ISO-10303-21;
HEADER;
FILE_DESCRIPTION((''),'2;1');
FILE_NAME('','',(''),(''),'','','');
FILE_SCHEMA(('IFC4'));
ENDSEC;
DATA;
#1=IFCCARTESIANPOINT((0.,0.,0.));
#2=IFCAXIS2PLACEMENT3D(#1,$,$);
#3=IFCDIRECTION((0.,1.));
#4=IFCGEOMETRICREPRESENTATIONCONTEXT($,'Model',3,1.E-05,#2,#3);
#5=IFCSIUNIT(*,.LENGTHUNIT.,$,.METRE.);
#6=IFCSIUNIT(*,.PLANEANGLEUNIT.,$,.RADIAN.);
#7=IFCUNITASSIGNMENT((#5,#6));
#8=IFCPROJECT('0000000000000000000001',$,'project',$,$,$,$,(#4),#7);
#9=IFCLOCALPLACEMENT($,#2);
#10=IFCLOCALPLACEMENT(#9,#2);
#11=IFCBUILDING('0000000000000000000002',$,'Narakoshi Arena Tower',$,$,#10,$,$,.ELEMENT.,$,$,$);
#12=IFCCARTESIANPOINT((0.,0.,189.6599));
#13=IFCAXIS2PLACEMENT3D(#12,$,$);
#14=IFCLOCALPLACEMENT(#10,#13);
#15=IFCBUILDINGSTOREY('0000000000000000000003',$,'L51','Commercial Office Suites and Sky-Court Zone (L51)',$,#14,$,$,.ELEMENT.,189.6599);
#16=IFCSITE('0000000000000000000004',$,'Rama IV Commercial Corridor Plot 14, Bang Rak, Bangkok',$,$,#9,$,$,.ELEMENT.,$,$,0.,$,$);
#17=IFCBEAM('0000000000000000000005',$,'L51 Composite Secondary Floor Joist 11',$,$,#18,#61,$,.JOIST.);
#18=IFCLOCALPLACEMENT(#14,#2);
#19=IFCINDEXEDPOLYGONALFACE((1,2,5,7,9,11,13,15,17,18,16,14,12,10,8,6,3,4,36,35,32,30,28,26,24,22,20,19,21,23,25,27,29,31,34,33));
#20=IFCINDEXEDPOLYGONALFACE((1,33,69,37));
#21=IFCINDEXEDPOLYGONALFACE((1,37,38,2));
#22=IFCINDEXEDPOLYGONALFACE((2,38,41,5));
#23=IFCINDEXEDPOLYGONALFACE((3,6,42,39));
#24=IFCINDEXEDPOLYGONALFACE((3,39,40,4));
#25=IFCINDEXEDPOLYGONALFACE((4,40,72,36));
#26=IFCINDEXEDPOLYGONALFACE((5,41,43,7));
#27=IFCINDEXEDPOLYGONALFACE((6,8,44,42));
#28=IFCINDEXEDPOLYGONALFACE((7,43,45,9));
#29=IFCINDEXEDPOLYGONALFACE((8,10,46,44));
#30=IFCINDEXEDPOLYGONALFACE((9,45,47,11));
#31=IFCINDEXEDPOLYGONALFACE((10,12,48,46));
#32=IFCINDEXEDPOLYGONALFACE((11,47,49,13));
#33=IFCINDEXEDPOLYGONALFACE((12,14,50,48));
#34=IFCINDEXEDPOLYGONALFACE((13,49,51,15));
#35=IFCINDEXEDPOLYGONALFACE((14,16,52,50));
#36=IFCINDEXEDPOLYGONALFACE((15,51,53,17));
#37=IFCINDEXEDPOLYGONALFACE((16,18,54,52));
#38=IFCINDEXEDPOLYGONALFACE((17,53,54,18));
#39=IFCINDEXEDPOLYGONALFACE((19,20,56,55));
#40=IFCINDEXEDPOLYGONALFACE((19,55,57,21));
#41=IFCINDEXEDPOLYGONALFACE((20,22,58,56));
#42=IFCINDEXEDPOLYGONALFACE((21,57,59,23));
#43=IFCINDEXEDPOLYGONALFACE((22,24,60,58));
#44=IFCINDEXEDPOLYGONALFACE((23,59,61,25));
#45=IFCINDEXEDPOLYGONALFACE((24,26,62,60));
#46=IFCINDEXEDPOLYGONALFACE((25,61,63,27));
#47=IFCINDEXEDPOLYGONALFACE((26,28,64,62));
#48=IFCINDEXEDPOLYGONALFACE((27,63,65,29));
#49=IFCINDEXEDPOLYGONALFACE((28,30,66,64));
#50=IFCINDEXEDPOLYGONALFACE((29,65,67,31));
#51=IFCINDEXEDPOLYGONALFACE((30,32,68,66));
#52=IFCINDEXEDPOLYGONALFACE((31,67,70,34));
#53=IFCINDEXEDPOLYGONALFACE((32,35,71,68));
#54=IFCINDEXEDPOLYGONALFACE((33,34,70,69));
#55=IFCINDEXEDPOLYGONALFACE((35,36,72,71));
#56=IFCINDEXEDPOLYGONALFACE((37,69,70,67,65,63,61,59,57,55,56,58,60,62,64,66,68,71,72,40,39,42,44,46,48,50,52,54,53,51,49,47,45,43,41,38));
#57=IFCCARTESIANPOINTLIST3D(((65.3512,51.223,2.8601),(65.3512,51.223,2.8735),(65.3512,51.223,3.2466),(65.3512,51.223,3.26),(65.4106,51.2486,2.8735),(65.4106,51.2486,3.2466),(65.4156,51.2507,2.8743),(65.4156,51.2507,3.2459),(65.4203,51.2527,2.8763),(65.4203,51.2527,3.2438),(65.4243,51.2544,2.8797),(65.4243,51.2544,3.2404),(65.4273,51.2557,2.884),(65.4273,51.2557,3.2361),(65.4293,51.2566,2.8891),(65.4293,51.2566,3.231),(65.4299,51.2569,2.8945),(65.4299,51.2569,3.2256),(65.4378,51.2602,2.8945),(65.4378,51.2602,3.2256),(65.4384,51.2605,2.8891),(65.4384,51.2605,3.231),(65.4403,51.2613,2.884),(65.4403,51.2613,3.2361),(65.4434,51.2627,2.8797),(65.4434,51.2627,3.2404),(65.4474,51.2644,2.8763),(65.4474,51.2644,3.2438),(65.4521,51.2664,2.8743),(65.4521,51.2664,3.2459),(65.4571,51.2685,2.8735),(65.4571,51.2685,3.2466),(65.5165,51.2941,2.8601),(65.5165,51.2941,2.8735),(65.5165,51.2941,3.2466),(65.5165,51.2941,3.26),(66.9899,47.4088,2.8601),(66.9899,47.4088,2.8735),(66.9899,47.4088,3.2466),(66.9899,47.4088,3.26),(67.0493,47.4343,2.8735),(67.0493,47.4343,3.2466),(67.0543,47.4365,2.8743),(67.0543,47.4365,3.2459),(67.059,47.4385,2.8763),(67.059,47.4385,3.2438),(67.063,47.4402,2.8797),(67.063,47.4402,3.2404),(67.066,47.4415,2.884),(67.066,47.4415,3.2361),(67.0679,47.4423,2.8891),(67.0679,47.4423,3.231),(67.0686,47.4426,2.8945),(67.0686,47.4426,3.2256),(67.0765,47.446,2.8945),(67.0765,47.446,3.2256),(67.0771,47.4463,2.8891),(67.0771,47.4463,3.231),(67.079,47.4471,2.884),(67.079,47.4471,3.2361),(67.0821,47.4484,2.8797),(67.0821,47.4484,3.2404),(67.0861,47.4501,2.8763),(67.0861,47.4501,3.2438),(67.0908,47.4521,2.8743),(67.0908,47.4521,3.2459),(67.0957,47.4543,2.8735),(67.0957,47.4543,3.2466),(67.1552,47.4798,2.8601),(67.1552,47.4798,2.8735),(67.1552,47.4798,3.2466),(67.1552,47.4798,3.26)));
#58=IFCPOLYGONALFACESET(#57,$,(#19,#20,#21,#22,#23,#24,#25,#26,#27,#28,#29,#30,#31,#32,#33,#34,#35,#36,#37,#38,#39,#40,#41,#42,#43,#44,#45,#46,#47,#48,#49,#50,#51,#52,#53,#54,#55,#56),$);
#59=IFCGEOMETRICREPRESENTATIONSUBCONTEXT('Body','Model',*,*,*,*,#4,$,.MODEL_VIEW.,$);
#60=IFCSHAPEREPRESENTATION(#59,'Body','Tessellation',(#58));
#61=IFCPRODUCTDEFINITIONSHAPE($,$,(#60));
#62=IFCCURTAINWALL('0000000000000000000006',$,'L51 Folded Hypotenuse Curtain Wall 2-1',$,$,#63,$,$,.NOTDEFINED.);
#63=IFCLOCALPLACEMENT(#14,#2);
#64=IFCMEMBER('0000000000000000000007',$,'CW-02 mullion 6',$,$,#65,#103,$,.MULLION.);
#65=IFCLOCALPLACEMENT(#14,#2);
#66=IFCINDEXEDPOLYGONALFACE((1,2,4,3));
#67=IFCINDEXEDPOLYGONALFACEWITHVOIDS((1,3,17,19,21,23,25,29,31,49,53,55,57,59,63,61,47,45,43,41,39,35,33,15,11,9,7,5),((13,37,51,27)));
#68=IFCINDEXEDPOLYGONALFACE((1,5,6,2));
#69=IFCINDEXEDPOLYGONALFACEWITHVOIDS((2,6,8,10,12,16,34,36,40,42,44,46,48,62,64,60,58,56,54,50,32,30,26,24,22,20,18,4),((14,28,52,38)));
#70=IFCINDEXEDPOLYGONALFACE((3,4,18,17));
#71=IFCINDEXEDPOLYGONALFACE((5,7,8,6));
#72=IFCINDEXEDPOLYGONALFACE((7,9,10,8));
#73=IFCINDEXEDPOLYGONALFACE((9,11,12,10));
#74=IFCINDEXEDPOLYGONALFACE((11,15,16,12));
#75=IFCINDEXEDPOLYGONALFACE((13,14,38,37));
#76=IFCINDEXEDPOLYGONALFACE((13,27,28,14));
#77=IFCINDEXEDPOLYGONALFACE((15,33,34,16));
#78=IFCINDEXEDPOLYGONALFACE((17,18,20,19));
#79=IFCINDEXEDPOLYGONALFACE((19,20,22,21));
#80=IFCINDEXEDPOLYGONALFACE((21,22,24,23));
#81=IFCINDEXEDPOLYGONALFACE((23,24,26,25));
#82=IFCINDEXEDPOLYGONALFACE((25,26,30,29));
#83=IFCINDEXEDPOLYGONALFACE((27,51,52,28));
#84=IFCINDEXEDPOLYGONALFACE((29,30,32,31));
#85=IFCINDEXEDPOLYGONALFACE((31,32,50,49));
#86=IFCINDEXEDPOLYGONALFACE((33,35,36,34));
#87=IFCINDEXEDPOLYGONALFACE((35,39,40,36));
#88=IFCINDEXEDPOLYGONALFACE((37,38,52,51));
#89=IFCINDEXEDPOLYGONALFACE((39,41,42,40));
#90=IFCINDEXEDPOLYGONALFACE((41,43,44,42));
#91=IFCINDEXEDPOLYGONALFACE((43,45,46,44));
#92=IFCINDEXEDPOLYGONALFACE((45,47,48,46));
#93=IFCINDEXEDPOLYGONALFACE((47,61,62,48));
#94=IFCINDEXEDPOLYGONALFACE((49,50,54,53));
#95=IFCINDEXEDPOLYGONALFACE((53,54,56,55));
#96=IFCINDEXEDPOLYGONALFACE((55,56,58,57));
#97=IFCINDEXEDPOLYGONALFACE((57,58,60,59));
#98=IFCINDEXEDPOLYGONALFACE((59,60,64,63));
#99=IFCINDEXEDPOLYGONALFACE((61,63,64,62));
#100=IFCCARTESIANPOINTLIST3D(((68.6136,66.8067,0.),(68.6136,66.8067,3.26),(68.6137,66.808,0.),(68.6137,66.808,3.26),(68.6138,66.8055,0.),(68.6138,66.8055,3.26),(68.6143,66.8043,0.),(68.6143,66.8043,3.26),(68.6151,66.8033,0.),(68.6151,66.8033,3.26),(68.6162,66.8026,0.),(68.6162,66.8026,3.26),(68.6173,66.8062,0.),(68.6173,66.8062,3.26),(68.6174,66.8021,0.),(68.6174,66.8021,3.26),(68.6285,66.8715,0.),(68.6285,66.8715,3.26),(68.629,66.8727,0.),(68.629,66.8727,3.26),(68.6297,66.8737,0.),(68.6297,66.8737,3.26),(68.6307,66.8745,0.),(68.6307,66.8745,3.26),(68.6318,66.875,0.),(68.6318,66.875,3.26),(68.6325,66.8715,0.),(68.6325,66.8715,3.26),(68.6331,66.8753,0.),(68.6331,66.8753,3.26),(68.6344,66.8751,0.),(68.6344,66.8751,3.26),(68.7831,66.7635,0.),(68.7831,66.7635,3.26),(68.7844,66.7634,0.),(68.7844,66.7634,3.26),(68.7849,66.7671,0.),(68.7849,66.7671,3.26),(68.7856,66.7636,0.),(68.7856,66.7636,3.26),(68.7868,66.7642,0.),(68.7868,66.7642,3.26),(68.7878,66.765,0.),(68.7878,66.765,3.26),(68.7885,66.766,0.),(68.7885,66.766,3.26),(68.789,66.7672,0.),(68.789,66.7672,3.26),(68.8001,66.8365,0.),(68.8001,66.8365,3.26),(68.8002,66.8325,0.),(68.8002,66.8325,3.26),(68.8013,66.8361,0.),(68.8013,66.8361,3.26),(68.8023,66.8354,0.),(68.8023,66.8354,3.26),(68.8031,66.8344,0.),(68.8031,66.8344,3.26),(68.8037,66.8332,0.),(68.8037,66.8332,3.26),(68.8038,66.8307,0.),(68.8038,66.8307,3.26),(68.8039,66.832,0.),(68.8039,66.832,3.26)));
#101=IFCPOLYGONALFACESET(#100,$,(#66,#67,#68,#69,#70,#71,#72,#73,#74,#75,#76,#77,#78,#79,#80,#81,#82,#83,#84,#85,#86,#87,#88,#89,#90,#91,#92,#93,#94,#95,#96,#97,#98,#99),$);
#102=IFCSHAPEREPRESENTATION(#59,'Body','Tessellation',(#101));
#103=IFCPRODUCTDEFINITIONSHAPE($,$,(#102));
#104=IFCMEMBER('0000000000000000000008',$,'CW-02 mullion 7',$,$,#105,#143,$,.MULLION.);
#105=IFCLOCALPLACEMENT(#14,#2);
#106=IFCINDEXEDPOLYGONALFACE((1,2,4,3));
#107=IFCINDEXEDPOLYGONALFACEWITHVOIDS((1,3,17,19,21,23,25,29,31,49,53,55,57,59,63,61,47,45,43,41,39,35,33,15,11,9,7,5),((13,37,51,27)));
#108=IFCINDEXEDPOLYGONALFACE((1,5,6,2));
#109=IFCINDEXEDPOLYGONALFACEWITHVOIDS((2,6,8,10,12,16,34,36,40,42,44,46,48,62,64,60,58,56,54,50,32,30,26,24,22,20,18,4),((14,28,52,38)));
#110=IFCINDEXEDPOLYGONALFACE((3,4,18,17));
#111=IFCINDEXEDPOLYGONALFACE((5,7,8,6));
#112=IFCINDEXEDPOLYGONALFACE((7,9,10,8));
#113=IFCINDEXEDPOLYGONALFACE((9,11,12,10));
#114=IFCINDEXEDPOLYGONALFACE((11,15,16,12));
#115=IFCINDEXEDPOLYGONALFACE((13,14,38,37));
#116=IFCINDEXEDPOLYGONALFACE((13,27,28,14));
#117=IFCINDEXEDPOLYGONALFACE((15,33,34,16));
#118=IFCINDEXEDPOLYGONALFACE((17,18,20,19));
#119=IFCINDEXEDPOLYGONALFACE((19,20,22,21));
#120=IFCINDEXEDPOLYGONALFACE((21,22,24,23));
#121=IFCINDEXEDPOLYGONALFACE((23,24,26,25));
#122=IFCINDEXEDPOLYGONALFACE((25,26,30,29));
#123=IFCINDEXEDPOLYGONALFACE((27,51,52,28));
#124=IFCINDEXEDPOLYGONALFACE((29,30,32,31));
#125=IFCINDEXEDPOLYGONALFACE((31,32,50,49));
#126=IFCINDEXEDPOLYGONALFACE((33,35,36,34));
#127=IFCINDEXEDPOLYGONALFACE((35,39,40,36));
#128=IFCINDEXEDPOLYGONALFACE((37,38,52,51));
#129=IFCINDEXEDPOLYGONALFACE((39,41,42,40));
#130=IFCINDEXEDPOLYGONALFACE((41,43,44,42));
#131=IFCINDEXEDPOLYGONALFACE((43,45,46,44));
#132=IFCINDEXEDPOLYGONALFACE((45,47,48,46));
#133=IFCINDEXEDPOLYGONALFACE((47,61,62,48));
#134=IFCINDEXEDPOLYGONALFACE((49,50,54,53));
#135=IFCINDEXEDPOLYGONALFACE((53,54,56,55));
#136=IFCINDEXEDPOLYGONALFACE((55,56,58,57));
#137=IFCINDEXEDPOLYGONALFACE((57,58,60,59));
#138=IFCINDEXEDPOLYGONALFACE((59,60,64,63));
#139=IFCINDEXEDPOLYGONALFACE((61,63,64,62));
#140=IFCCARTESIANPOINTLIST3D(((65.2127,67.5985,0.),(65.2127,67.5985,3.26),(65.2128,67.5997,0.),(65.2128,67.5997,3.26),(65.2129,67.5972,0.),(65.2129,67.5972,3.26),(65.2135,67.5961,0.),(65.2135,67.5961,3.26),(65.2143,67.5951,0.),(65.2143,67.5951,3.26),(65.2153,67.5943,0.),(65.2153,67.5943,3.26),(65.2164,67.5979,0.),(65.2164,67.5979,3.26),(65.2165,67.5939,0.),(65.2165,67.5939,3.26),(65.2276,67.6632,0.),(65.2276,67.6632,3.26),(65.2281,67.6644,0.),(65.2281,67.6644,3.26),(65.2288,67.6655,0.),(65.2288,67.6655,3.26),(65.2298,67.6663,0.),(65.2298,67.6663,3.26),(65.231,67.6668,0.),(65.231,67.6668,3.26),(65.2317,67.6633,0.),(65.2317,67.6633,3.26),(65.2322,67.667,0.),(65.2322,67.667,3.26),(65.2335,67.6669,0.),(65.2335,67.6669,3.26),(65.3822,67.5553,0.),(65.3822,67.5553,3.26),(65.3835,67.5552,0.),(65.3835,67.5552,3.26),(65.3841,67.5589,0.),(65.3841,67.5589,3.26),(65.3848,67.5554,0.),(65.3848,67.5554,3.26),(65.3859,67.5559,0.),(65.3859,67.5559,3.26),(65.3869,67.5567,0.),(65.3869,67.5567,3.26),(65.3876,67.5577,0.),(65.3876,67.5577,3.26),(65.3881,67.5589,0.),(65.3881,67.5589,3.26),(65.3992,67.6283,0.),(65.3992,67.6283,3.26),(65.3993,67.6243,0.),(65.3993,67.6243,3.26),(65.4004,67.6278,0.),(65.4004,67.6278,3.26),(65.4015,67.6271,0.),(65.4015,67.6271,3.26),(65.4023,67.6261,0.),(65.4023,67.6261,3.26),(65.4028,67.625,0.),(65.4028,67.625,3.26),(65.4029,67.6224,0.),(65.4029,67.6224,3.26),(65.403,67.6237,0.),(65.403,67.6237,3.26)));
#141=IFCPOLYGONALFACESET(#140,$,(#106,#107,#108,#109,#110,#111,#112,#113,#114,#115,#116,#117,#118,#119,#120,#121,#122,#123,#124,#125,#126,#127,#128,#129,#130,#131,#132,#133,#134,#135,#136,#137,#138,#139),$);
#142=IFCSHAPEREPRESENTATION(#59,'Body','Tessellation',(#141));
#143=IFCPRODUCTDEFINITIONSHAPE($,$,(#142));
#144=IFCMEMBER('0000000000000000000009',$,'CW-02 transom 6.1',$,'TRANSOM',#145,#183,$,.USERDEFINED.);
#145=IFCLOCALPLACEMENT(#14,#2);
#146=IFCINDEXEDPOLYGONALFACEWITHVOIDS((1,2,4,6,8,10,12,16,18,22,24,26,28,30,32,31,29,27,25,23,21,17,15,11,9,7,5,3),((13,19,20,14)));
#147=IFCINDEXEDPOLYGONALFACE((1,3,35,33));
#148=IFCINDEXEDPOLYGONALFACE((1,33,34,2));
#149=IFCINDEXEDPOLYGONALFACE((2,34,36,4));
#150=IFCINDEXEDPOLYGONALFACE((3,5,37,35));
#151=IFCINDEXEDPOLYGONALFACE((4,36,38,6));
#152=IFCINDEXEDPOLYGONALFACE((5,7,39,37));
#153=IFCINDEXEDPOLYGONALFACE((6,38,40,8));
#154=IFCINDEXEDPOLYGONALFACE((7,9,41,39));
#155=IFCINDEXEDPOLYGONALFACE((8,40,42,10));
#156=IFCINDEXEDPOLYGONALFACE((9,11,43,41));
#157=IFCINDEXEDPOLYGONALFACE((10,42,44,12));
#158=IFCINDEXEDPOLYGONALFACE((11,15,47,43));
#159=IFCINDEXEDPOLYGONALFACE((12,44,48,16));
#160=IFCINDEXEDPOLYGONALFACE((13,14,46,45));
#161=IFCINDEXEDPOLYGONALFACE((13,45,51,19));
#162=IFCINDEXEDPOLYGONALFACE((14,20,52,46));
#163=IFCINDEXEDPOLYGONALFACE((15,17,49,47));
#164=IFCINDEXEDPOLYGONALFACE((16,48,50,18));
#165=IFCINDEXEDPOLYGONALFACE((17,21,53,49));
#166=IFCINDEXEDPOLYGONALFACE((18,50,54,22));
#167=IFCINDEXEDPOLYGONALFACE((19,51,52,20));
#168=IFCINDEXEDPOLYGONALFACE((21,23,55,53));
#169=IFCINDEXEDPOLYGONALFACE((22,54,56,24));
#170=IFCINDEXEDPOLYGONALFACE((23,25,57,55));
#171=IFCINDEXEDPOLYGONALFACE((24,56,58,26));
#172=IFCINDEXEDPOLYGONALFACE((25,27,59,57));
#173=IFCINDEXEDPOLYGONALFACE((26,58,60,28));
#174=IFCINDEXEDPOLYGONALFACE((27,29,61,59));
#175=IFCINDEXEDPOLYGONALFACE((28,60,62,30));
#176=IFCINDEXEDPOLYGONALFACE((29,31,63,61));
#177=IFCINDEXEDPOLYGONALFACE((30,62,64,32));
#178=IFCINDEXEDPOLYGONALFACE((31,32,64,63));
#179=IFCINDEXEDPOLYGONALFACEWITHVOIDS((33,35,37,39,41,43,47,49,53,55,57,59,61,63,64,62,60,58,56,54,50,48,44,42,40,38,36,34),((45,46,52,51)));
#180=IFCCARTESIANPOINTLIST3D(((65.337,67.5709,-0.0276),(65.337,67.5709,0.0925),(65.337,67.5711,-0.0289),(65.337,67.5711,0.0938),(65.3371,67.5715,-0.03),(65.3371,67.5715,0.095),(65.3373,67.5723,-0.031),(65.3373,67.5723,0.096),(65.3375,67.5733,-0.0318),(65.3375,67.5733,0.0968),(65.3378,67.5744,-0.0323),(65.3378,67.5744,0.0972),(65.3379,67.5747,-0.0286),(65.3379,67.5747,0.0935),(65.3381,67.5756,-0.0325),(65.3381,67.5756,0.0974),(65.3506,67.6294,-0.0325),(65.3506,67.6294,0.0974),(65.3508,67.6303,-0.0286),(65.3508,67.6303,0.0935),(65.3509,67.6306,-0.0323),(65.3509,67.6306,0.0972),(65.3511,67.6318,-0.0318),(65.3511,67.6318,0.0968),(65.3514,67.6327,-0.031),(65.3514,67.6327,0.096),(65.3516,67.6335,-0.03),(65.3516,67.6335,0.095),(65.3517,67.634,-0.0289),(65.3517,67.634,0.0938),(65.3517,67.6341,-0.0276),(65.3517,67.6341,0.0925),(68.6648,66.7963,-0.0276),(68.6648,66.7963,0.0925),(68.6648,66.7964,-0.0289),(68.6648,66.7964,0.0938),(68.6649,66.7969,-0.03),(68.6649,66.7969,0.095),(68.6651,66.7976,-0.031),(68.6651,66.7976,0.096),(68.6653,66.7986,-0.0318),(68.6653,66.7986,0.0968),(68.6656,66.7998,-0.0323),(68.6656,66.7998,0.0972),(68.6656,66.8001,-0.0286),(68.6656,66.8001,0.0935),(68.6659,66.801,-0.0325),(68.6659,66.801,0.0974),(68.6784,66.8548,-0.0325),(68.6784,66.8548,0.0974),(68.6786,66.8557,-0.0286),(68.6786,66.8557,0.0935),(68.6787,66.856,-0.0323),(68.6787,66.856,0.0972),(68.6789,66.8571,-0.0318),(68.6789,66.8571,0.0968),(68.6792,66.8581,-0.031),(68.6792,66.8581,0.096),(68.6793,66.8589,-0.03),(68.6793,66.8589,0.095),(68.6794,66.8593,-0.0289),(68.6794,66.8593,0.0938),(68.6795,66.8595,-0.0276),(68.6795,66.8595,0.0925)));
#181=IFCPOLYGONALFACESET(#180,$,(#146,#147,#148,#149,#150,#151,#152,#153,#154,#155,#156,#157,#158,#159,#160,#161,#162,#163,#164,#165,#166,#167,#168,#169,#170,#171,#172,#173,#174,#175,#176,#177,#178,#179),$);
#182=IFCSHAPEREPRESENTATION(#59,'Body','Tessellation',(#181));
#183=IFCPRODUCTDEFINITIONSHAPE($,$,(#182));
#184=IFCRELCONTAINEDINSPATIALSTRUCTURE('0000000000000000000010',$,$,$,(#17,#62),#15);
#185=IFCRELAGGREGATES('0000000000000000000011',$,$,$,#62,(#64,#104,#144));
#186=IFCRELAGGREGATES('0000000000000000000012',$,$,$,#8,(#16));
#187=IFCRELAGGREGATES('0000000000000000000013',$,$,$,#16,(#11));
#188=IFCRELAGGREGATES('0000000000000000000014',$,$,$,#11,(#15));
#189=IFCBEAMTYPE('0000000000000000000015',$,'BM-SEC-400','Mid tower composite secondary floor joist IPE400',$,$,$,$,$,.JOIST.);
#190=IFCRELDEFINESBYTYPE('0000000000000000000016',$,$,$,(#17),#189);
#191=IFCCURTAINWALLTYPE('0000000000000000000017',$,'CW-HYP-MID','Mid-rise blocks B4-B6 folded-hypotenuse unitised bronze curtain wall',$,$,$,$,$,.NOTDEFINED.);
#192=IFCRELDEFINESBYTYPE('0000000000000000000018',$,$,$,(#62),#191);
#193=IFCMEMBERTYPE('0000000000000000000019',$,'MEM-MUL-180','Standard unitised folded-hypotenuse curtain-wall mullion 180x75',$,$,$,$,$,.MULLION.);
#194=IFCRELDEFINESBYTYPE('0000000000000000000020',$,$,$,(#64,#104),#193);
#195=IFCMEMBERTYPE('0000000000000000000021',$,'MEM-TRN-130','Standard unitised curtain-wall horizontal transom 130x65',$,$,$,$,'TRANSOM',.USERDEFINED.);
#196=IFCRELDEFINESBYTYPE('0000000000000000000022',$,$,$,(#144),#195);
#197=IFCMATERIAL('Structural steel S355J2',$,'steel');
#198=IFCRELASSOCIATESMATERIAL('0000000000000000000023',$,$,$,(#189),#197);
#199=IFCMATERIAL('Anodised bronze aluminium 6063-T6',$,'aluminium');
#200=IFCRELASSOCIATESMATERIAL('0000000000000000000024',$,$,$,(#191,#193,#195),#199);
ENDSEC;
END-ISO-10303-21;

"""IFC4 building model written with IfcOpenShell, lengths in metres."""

from ifc_helpers import new_model, si_unit, direction, frame, origin, origin_2d, place, context, subcontext, project, spatial, hollow_rectangle, i_section, extrude, material, material_profile, profile_set, type_object, element, aggregate, save


model = new_model("IFC4")

# Units and contexts
model_context = context("Model", 3, precision=1e-05, world=origin(), true_north=direction((0.0, 1.0)))
body_context = subcontext(model_context, "Body", "Model", "MODEL_VIEW")
ifc_project = project(units=[si_unit("LENGTHUNIT", "METRE"), si_unit("PLANEANGLEUNIT", "RADIAN")], contexts=[model_context])

# Site, building, storey
site_placement = place(None, origin())
site = spatial("IfcSite", under=ifc_project, at=site_placement, Name="Rama IV Commercial Corridor Plot 14, Bang Rak, Bangkok", CompositionType="ELEMENT", RefElevation=0.0)
building_placement = place(site_placement, origin())
building = spatial("IfcBuilding", under=site, at=building_placement, Name="Narakoshi Arena Tower", CompositionType="ELEMENT")
storey_placement = place(building_placement, frame((0.0, 0.0, 189.6599)))
storey = spatial("IfcBuildingStorey", under=building, at=storey_placement, Name="L51", Description="Commercial Office Suites and Sky-Court Zone (L51)", CompositionType="ELEMENT", Elevation=189.6599)

# Beam
ifc_material_1 = material(Name="Structural steel S355J2", Category="steel")
ifc_material_profile_1 = material_profile(ifc_material_1, i_section(OverallWidth=0.1799, OverallDepth=0.3999, WebThickness=0.0085, FlangeThickness=0.0134, FilletRadius=0.021, at=origin_2d()), Name="IPE400")
ifc_profile_set_1 = profile_set([ifc_material_profile_1], Name="Structural steel S355J2")
beam_type_1 = type_object("IfcBeamType", Name="BM-SEC-400", Description="Mid tower composite secondary floor joist IPE400", PredefinedType="JOIST", material=ifc_profile_set_1)
beam_1_placement = place(storey_placement, frame((65.4338, 51.2585, 3.0601), z_axis=(0.394735, -0.918795, 0.0), x_axis=(0.918795, 0.394735, 0.0)))
element("IfcBeam", 1, at=beam_1_placement, inside=storey, type_object=beam_type_1, Name="L51 Composite Secondary Floor Joist 11", PredefinedType="JOIST", context=body_context, shape_type="SweptSolid", body=[
    extrude(i_section(OverallWidth=0.1799, OverallDepth=0.3999, WebThickness=0.0085, FlangeThickness=0.0134, FilletRadius=0.021, at=origin_2d()), origin(), (0.0, 0.0, 1.0), 4.1514),
])

# Curtain wall, members
ifc_material_2 = material(Name="Anodised bronze aluminium 6063-T6", Category="aluminium")
curtain_wall_type = type_object("IfcCurtainWallType", Name="CW-HYP-MID", Description="Mid-rise blocks B4-B6 folded-hypotenuse unitised bronze curtain wall", PredefinedType="NOTDEFINED", material=ifc_material_2)
curtain_wall_placement = place(storey_placement, origin())
curtain_wall = element("IfcCurtainWall", 2, at=curtain_wall_placement, inside=storey, type_object=curtain_wall_type, Name="L51 Folded Hypotenuse Curtain Wall 2-1", PredefinedType="NOTDEFINED")
ifc_material_profile_2 = material_profile(ifc_material_2, hollow_rectangle(XDim=0.075, YDim=0.1799, WallThickness=0.0039, OuterFilletRadius=0.0049, at=origin_2d()), Name="MUL180x75x4")
ifc_profile_set_2 = profile_set([ifc_material_profile_2], Name="Anodised bronze aluminium 6063-T6")
member_type_1 = type_object("IfcMemberType", Name="MEM-MUL-180", Description="Standard unitised folded-hypotenuse curtain-wall mullion 180x75", PredefinedType="MULLION", material=ifc_profile_set_2)
member_1_placement = place(storey_placement, frame((68.7087, 66.8193, 0.0), z_axis=(0.0, 0.0, 1.0), x_axis=(-0.226721, -0.97396, 0.0)))
member_1 = element("IfcMember", 3, at=member_1_placement, type_object=member_type_1, Name="CW-02 mullion 6", PredefinedType="MULLION", context=body_context, shape_type="SweptSolid", body=[
    extrude(hollow_rectangle(XDim=0.075, YDim=0.1799, WallThickness=0.0039, OuterFilletRadius=0.0049, at=origin_2d()), origin(), (0.0, 0.0, 1.0), 3.26),
])
member_2_placement = place(storey_placement, frame((65.3079, 67.6111, 0.0), z_axis=(0.0, 0.0, 1.0), x_axis=(-0.226721, -0.97396, 0.0)))
member_2 = element("IfcMember", 4, at=member_2_placement, type_object=member_type_1, Name="CW-02 mullion 7", PredefinedType="MULLION", context=body_context, shape_type="SweptSolid", body=[
    extrude(hollow_rectangle(XDim=0.075, YDim=0.1799, WallThickness=0.0039, OuterFilletRadius=0.0049, at=origin_2d()), origin(), (0.0, 0.0, 1.0), 3.26),
])
ifc_material_profile_3 = material_profile(ifc_material_2, hollow_rectangle(XDim=0.0649, YDim=0.1299, WallThickness=0.0039, OuterFilletRadius=0.0049, at=origin_2d()), Name="TRN130x65x4")
ifc_profile_set_3 = profile_set([ifc_material_profile_3], Name="Anodised bronze aluminium 6063-T6")
member_type_2 = type_object("IfcMemberType", Name="MEM-TRN-130", Description="Standard unitised curtain-wall horizontal transom 130x65", ElementType="TRANSOM", PredefinedType="USERDEFINED", material=ifc_profile_set_3)
member_3_placement = place(storey_placement, frame((68.6721, 66.8279, 0.0325), z_axis=(-0.973961, 0.226717, 0.0), x_axis=(-0.226717, -0.973961, 0.0)))
member_3 = element("IfcMember", 5, at=member_3_placement, type_object=member_type_2, Name="CW-02 transom 6.1", ObjectType="TRANSOM", PredefinedType="USERDEFINED", context=body_context, shape_type="SweptSolid", body=[
    extrude(hollow_rectangle(XDim=0.0649, YDim=0.1299, WallThickness=0.0039, OuterFilletRadius=0.0049, at=origin_2d()), origin(), (0.0, 0.0, 1.0), 3.4167),
])
aggregate(curtain_wall, [member_1, member_2, member_3])

save(model, "model.ifc")
